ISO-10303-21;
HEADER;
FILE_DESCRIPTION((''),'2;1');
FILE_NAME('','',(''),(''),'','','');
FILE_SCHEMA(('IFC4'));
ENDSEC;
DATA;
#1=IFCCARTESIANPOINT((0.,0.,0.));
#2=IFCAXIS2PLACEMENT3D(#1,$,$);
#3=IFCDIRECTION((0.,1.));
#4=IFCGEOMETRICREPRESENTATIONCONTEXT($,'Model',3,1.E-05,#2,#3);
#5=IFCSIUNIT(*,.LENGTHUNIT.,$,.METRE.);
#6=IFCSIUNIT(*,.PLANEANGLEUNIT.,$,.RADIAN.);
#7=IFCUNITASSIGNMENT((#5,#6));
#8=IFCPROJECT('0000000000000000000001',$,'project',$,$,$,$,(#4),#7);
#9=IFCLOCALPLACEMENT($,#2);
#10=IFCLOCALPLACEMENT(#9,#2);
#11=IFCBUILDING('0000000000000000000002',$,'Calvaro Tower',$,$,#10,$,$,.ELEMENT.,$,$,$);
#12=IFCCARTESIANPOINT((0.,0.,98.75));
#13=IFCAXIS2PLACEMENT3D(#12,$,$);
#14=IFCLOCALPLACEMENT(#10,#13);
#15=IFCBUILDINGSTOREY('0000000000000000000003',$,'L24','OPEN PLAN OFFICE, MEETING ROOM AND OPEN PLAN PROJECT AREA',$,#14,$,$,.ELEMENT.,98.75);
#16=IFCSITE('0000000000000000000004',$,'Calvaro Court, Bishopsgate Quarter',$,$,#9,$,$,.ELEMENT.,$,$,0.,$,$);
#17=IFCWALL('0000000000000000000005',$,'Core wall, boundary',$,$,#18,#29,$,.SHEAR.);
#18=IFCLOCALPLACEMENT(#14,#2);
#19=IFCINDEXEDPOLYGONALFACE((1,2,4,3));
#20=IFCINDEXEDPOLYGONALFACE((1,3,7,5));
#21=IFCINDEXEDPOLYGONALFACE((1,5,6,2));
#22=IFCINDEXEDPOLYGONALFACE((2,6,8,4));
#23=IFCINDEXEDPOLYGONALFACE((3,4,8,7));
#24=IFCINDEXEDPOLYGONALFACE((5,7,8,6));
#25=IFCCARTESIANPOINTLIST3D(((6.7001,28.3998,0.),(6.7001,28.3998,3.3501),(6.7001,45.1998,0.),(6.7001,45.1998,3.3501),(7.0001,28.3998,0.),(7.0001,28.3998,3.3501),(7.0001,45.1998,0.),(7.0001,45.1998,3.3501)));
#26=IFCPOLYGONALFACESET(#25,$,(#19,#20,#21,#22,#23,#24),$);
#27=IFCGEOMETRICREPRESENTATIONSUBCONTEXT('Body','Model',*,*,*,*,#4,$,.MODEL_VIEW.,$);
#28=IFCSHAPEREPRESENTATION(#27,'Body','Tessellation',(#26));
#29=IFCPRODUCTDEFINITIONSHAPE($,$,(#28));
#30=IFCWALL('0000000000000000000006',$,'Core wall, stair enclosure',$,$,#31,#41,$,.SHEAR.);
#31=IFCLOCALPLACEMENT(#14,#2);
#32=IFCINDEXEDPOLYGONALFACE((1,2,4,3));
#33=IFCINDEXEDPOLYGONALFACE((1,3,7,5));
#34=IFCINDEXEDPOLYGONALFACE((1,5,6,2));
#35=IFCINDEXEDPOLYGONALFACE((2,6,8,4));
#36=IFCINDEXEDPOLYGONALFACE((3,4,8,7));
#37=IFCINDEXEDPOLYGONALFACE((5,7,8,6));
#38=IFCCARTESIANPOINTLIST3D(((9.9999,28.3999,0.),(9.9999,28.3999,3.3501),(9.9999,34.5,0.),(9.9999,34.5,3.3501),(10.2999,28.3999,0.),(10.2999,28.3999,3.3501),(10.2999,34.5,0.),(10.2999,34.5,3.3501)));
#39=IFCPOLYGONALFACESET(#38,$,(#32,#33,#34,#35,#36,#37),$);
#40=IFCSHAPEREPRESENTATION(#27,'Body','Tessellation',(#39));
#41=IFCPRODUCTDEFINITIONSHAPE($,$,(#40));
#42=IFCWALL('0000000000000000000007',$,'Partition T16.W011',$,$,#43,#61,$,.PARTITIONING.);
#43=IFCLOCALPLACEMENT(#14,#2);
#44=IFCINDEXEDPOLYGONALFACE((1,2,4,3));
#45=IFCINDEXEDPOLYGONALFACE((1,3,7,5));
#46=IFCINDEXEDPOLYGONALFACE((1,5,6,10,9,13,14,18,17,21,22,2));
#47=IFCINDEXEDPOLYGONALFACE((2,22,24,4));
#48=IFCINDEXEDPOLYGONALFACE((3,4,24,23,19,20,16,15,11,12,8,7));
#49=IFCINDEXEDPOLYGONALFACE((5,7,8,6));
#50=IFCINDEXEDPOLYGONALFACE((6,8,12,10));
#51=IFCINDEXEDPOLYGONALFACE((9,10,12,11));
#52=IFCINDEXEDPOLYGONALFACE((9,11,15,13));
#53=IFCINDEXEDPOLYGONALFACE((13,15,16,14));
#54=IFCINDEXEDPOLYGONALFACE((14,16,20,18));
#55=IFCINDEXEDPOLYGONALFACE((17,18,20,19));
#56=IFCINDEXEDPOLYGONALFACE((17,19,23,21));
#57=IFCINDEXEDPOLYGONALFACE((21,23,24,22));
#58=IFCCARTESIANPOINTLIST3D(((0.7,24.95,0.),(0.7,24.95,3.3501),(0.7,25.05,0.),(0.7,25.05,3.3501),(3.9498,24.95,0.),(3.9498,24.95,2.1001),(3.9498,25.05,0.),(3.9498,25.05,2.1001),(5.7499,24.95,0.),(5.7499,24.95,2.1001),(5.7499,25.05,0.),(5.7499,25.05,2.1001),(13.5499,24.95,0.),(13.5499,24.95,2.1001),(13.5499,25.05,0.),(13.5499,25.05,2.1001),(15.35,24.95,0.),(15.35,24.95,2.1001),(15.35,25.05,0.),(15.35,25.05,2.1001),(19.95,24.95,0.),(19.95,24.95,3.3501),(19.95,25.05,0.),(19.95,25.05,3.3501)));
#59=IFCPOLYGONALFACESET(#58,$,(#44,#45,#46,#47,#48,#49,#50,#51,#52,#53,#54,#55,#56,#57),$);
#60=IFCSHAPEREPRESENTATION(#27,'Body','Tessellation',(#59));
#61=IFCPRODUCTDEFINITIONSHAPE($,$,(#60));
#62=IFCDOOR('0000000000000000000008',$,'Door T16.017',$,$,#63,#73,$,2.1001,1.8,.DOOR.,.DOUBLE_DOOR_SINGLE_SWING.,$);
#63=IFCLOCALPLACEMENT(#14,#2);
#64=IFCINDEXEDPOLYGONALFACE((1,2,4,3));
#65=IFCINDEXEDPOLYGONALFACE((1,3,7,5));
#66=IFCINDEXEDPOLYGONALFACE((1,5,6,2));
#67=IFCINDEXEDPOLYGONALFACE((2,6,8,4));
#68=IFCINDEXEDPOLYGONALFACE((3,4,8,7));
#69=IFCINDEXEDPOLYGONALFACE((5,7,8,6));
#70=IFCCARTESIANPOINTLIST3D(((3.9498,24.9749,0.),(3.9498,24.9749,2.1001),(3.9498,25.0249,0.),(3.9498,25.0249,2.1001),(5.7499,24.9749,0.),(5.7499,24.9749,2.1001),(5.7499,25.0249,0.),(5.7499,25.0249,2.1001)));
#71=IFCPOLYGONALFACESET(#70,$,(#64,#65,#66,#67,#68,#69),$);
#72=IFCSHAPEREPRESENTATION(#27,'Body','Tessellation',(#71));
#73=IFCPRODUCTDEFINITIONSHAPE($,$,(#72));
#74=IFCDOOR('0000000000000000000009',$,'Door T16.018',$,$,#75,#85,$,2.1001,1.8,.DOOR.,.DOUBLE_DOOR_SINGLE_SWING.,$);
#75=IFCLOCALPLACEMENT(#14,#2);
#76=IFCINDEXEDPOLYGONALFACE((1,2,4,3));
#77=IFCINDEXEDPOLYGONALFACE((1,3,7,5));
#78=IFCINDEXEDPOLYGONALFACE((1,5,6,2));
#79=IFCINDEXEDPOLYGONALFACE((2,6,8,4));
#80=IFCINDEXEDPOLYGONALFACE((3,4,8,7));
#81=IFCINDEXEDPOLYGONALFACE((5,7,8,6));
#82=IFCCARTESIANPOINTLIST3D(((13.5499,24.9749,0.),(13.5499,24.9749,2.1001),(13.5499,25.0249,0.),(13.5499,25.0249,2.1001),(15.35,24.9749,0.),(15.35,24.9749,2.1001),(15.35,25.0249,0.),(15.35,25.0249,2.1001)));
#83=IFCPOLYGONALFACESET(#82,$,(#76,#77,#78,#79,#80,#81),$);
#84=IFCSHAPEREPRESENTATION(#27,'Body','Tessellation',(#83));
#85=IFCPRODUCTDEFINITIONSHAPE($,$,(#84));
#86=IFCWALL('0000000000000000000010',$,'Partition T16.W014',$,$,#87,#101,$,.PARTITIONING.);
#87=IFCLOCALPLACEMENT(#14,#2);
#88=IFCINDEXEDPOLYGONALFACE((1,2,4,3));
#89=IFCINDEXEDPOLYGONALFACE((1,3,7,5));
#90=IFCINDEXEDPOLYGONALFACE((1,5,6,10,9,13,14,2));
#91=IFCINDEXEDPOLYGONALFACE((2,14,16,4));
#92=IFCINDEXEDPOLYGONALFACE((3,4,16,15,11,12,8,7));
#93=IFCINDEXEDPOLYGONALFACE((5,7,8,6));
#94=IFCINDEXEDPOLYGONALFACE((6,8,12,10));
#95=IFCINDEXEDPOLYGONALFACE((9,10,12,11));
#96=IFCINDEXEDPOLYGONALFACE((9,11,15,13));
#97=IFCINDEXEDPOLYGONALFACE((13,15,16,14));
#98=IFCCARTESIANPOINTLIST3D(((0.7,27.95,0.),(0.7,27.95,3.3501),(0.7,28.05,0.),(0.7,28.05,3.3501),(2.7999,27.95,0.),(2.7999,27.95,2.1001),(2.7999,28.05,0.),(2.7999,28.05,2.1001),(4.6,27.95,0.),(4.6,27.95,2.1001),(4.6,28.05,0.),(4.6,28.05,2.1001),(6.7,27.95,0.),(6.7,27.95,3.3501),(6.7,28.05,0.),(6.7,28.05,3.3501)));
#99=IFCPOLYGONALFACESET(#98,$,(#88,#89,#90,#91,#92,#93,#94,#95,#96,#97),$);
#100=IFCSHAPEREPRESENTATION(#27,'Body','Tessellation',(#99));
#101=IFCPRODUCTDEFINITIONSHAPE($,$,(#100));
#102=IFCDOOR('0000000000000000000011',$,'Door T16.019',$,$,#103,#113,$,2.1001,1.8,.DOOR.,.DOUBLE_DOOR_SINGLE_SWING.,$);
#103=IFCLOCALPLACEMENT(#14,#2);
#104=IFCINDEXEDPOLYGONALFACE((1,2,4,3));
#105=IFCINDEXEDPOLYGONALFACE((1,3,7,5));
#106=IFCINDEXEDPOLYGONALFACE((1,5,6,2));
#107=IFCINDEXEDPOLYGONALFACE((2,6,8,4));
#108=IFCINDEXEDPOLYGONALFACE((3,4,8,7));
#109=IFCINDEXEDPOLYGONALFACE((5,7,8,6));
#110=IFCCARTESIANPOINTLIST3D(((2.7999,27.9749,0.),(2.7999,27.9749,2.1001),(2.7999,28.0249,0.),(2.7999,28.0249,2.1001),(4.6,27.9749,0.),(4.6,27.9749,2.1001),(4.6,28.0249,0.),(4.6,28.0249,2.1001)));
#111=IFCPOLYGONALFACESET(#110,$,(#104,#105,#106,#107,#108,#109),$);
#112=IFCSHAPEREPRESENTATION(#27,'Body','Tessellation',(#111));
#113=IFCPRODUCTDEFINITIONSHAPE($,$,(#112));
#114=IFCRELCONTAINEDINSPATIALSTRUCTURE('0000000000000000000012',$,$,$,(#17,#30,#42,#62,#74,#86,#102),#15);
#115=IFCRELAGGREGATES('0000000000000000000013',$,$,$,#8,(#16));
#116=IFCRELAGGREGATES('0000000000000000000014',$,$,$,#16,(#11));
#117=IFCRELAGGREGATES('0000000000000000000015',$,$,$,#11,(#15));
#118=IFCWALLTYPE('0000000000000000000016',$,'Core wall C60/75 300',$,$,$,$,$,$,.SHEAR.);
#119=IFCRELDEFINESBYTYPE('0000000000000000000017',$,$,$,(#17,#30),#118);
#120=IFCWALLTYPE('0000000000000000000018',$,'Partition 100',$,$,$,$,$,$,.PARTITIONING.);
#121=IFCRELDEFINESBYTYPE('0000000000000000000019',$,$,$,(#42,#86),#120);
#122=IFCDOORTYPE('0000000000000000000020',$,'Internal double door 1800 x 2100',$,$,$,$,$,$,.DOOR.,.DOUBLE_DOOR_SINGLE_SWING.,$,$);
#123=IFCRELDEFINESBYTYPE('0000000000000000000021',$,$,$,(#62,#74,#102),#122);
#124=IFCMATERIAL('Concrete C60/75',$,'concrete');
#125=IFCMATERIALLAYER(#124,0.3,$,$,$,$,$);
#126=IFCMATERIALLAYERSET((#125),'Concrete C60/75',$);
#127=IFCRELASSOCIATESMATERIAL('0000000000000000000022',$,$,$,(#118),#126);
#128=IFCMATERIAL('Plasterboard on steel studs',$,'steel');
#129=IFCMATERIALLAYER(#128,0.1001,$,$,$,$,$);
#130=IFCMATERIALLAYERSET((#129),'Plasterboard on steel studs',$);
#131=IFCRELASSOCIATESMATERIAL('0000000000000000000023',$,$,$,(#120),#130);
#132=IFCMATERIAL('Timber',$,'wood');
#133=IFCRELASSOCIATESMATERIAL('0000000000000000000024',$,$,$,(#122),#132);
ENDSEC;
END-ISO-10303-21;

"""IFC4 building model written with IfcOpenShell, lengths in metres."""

from ifc_helpers import new_model, si_unit, direction, frame, frame_2d, origin, place, context, subcontext, project, spatial, rectangle, extrude, material, layer, layer_set, type_object, element, fill, save


model = new_model("IFC4")

# Units and contexts
model_context = context("Model", 3, precision=1e-05, world=origin(), true_north=direction((0.0, 1.0)))
body_context = subcontext(model_context, "Body", "Model", "MODEL_VIEW")
ifc_project = project(units=[si_unit("LENGTHUNIT", "METRE"), si_unit("PLANEANGLEUNIT", "RADIAN")], contexts=[model_context])

# Site, building, storey
site_placement = place(None, origin())
site = spatial("IfcSite", under=ifc_project, at=site_placement, Name="Calvaro Court, Bishopsgate Quarter", CompositionType="ELEMENT", RefElevation=0.0)
building_placement = place(site_placement, origin())
building = spatial("IfcBuilding", under=site, at=building_placement, Name="Calvaro Tower", CompositionType="ELEMENT")
storey_placement = place(building_placement, frame((0.0, 0.0, 98.75)))
storey = spatial("IfcBuildingStorey", under=building, at=storey_placement, Name="L24", Description="OPEN PLAN OFFICE, MEETING ROOM AND OPEN PLAN PROJECT AREA", CompositionType="ELEMENT", Elevation=98.75)

# Walls
ifc_material_1 = material(Name="Concrete C60/75", Category="concrete")
ifc_layer_1 = layer(ifc_material_1, 0.3)
ifc_layer_set_1 = layer_set([ifc_layer_1], Name="Concrete C60/75")
wall_type_1 = type_object("IfcWallType", Name="Core wall C60/75 300", PredefinedType="SHEAR", material=ifc_layer_set_1)
wall_1_placement = place(storey_placement, frame((6.8501, 28.3999, 0.0), z_axis=(0.0, 0.0, 1.0), x_axis=(0.0, 1.0, 0.0)))
element("IfcWall", 1, at=wall_1_placement, inside=storey, type_object=wall_type_1, Name="Core wall, boundary", PredefinedType="SHEAR", context=body_context, shape_type="SweptSolid", body=[
    extrude(rectangle(XDim=16.8, YDim=0.3, at=frame_2d((8.3999, 0.0))), origin(), (0.0, 0.0, 1.0), 3.3501),
])
wall_2_placement = place(storey_placement, frame((10.1499, 28.3999, 0.0), z_axis=(0.0, 0.0, 1.0), x_axis=(0.0, 1.0, 0.0)))
element("IfcWall", 2, at=wall_2_placement, inside=storey, type_object=wall_type_1, Name="Core wall, stair enclosure", PredefinedType="SHEAR", context=body_context, shape_type="SweptSolid", body=[
    extrude(rectangle(XDim=6.1001, YDim=0.3, at=frame_2d((3.05, 0.0))), origin(), (0.0, 0.0, 1.0), 3.3501),
])

# Wall, openings, doors
ifc_material_2 = material(Name="Plasterboard on steel studs", Category="steel")
ifc_layer_2 = layer(ifc_material_2, 0.1001)
ifc_layer_set_2 = layer_set([ifc_layer_2], Name="Plasterboard on steel studs")
wall_type_2 = type_object("IfcWallType", Name="Partition 100", PredefinedType="PARTITIONING", material=ifc_layer_set_2)
wall_3_placement = place(storey_placement, frame((0.7, 25.0, 0.0), z_axis=(0.0, 0.0, 1.0), x_axis=(1.0, 0.0, 0.0)))
wall_3 = element("IfcWall", 3, at=wall_3_placement, inside=storey, type_object=wall_type_2, Name="Partition T16.W011", PredefinedType="PARTITIONING", context=body_context, shape_type="SweptSolid", body=[
    extrude(rectangle(XDim=19.25, YDim=0.1001, at=frame_2d((9.625, 0.0))), origin(), (0.0, 0.0, 1.0), 3.3501),
])
opening_1_placement = place(wall_3_placement, frame((3.25, 0.0, 0.0)))
opening_1 = element("IfcOpeningElement", 4, at=opening_1_placement, cuts=wall_3, PredefinedType="OPENING", context=body_context, shape_type="SweptSolid", body=[
    extrude(rectangle(XDim=1.8, YDim=2.1001, at=frame_2d((0.8999, 1.05))), frame((0.0, 0.0601, 0.0), z_axis=(0.0, -1.0, 0.0), x_axis=(1.0, 0.0, 0.0)), (0.0, 0.0, 1.0), 0.1201),
])
opening_2_placement = place(wall_3_placement, frame((12.8501, 0.0, 0.0)))
opening_2 = element("IfcOpeningElement", 5, at=opening_2_placement, cuts=wall_3, PredefinedType="OPENING", context=body_context, shape_type="SweptSolid", body=[
    extrude(rectangle(XDim=1.8, YDim=2.1001, at=frame_2d((0.8999, 1.05))), frame((0.0, 0.0601, 0.0), z_axis=(0.0, -1.0, 0.0), x_axis=(1.0, 0.0, 0.0)), (0.0, 0.0, 1.0), 0.1201),
])
ifc_material_3 = material(Name="Timber", Category="wood")
door_type_1 = type_object("IfcDoorType", Name="Internal double door 1800 x 2100", OperationType="DOUBLE_DOOR_SINGLE_SWING", PredefinedType="DOOR", material=ifc_material_3)
door_1_placement = place(opening_1_placement, origin())
door_1 = element("IfcDoor", 6, at=door_1_placement, inside=storey, type_object=door_type_1, Name="Door T16.017", OperationType="DOUBLE_DOOR_SINGLE_SWING", OverallHeight=2.1001, OverallWidth=1.8, PredefinedType="DOOR", context=body_context, shape_type="SweptSolid", body=[
    extrude(rectangle(XDim=1.8, YDim=2.1001, at=frame_2d((0.8999, 1.05))), frame((0.0, 0.0249, 0.0), z_axis=(0.0, -1.0, 0.0), x_axis=(1.0, 0.0, 0.0)), (0.0, 0.0, 1.0), 0.05),
])
fill(opening_1, door_1)
door_2_placement = place(opening_2_placement, origin())
door_2 = element("IfcDoor", 7, at=door_2_placement, inside=storey, type_object=door_type_1, Name="Door T16.018", OperationType="DOUBLE_DOOR_SINGLE_SWING", OverallHeight=2.1001, OverallWidth=1.8, PredefinedType="DOOR", context=body_context, shape_type="SweptSolid", body=[
    extrude(rectangle(XDim=1.8, YDim=2.1001, at=frame_2d((0.8999, 1.05))), frame((0.0, 0.0249, 0.0), z_axis=(0.0, -1.0, 0.0), x_axis=(1.0, 0.0, 0.0)), (0.0, 0.0, 1.0), 0.05),
])
fill(opening_2, door_2)

# Wall, opening, door
wall_4_placement = place(storey_placement, frame((0.7, 28.0, 0.0), z_axis=(0.0, 0.0, 1.0), x_axis=(1.0, 0.0, 0.0)))
wall_4 = element("IfcWall", 8, at=wall_4_placement, inside=storey, type_object=wall_type_2, Name="Partition T16.W014", PredefinedType="PARTITIONING", context=body_context, shape_type="SweptSolid", body=[
    extrude(rectangle(XDim=6.0, YDim=0.1001, at=frame_2d((3.0, 0.0))), origin(), (0.0, 0.0, 1.0), 3.3501),
])
opening_3_placement = place(wall_4_placement, frame((2.1001, 0.0, 0.0)))
opening_3 = element("IfcOpeningElement", 9, at=opening_3_placement, cuts=wall_4, PredefinedType="OPENING", context=body_context, shape_type="SweptSolid", body=[
    extrude(rectangle(XDim=1.8, YDim=2.1001, at=frame_2d((0.8999, 1.05))), frame((0.0, 0.0601, 0.0), z_axis=(0.0, -1.0, 0.0), x_axis=(1.0, 0.0, 0.0)), (0.0, 0.0, 1.0), 0.1201),
])
door_3_placement = place(opening_3_placement, origin())
door_3 = element("IfcDoor", 10, at=door_3_placement, inside=storey, type_object=door_type_1, Name="Door T16.019", OperationType="DOUBLE_DOOR_SINGLE_SWING", OverallHeight=2.1001, OverallWidth=1.8, PredefinedType="DOOR", context=body_context, shape_type="SweptSolid", body=[
    extrude(rectangle(XDim=1.8, YDim=2.1001, at=frame_2d((0.8999, 1.05))), frame((0.0, 0.0249, 0.0), z_axis=(0.0, -1.0, 0.0), x_axis=(1.0, 0.0, 0.0)), (0.0, 0.0, 1.0), 0.05),
])
fill(opening_3, door_3)

save(model, "model.ifc")
